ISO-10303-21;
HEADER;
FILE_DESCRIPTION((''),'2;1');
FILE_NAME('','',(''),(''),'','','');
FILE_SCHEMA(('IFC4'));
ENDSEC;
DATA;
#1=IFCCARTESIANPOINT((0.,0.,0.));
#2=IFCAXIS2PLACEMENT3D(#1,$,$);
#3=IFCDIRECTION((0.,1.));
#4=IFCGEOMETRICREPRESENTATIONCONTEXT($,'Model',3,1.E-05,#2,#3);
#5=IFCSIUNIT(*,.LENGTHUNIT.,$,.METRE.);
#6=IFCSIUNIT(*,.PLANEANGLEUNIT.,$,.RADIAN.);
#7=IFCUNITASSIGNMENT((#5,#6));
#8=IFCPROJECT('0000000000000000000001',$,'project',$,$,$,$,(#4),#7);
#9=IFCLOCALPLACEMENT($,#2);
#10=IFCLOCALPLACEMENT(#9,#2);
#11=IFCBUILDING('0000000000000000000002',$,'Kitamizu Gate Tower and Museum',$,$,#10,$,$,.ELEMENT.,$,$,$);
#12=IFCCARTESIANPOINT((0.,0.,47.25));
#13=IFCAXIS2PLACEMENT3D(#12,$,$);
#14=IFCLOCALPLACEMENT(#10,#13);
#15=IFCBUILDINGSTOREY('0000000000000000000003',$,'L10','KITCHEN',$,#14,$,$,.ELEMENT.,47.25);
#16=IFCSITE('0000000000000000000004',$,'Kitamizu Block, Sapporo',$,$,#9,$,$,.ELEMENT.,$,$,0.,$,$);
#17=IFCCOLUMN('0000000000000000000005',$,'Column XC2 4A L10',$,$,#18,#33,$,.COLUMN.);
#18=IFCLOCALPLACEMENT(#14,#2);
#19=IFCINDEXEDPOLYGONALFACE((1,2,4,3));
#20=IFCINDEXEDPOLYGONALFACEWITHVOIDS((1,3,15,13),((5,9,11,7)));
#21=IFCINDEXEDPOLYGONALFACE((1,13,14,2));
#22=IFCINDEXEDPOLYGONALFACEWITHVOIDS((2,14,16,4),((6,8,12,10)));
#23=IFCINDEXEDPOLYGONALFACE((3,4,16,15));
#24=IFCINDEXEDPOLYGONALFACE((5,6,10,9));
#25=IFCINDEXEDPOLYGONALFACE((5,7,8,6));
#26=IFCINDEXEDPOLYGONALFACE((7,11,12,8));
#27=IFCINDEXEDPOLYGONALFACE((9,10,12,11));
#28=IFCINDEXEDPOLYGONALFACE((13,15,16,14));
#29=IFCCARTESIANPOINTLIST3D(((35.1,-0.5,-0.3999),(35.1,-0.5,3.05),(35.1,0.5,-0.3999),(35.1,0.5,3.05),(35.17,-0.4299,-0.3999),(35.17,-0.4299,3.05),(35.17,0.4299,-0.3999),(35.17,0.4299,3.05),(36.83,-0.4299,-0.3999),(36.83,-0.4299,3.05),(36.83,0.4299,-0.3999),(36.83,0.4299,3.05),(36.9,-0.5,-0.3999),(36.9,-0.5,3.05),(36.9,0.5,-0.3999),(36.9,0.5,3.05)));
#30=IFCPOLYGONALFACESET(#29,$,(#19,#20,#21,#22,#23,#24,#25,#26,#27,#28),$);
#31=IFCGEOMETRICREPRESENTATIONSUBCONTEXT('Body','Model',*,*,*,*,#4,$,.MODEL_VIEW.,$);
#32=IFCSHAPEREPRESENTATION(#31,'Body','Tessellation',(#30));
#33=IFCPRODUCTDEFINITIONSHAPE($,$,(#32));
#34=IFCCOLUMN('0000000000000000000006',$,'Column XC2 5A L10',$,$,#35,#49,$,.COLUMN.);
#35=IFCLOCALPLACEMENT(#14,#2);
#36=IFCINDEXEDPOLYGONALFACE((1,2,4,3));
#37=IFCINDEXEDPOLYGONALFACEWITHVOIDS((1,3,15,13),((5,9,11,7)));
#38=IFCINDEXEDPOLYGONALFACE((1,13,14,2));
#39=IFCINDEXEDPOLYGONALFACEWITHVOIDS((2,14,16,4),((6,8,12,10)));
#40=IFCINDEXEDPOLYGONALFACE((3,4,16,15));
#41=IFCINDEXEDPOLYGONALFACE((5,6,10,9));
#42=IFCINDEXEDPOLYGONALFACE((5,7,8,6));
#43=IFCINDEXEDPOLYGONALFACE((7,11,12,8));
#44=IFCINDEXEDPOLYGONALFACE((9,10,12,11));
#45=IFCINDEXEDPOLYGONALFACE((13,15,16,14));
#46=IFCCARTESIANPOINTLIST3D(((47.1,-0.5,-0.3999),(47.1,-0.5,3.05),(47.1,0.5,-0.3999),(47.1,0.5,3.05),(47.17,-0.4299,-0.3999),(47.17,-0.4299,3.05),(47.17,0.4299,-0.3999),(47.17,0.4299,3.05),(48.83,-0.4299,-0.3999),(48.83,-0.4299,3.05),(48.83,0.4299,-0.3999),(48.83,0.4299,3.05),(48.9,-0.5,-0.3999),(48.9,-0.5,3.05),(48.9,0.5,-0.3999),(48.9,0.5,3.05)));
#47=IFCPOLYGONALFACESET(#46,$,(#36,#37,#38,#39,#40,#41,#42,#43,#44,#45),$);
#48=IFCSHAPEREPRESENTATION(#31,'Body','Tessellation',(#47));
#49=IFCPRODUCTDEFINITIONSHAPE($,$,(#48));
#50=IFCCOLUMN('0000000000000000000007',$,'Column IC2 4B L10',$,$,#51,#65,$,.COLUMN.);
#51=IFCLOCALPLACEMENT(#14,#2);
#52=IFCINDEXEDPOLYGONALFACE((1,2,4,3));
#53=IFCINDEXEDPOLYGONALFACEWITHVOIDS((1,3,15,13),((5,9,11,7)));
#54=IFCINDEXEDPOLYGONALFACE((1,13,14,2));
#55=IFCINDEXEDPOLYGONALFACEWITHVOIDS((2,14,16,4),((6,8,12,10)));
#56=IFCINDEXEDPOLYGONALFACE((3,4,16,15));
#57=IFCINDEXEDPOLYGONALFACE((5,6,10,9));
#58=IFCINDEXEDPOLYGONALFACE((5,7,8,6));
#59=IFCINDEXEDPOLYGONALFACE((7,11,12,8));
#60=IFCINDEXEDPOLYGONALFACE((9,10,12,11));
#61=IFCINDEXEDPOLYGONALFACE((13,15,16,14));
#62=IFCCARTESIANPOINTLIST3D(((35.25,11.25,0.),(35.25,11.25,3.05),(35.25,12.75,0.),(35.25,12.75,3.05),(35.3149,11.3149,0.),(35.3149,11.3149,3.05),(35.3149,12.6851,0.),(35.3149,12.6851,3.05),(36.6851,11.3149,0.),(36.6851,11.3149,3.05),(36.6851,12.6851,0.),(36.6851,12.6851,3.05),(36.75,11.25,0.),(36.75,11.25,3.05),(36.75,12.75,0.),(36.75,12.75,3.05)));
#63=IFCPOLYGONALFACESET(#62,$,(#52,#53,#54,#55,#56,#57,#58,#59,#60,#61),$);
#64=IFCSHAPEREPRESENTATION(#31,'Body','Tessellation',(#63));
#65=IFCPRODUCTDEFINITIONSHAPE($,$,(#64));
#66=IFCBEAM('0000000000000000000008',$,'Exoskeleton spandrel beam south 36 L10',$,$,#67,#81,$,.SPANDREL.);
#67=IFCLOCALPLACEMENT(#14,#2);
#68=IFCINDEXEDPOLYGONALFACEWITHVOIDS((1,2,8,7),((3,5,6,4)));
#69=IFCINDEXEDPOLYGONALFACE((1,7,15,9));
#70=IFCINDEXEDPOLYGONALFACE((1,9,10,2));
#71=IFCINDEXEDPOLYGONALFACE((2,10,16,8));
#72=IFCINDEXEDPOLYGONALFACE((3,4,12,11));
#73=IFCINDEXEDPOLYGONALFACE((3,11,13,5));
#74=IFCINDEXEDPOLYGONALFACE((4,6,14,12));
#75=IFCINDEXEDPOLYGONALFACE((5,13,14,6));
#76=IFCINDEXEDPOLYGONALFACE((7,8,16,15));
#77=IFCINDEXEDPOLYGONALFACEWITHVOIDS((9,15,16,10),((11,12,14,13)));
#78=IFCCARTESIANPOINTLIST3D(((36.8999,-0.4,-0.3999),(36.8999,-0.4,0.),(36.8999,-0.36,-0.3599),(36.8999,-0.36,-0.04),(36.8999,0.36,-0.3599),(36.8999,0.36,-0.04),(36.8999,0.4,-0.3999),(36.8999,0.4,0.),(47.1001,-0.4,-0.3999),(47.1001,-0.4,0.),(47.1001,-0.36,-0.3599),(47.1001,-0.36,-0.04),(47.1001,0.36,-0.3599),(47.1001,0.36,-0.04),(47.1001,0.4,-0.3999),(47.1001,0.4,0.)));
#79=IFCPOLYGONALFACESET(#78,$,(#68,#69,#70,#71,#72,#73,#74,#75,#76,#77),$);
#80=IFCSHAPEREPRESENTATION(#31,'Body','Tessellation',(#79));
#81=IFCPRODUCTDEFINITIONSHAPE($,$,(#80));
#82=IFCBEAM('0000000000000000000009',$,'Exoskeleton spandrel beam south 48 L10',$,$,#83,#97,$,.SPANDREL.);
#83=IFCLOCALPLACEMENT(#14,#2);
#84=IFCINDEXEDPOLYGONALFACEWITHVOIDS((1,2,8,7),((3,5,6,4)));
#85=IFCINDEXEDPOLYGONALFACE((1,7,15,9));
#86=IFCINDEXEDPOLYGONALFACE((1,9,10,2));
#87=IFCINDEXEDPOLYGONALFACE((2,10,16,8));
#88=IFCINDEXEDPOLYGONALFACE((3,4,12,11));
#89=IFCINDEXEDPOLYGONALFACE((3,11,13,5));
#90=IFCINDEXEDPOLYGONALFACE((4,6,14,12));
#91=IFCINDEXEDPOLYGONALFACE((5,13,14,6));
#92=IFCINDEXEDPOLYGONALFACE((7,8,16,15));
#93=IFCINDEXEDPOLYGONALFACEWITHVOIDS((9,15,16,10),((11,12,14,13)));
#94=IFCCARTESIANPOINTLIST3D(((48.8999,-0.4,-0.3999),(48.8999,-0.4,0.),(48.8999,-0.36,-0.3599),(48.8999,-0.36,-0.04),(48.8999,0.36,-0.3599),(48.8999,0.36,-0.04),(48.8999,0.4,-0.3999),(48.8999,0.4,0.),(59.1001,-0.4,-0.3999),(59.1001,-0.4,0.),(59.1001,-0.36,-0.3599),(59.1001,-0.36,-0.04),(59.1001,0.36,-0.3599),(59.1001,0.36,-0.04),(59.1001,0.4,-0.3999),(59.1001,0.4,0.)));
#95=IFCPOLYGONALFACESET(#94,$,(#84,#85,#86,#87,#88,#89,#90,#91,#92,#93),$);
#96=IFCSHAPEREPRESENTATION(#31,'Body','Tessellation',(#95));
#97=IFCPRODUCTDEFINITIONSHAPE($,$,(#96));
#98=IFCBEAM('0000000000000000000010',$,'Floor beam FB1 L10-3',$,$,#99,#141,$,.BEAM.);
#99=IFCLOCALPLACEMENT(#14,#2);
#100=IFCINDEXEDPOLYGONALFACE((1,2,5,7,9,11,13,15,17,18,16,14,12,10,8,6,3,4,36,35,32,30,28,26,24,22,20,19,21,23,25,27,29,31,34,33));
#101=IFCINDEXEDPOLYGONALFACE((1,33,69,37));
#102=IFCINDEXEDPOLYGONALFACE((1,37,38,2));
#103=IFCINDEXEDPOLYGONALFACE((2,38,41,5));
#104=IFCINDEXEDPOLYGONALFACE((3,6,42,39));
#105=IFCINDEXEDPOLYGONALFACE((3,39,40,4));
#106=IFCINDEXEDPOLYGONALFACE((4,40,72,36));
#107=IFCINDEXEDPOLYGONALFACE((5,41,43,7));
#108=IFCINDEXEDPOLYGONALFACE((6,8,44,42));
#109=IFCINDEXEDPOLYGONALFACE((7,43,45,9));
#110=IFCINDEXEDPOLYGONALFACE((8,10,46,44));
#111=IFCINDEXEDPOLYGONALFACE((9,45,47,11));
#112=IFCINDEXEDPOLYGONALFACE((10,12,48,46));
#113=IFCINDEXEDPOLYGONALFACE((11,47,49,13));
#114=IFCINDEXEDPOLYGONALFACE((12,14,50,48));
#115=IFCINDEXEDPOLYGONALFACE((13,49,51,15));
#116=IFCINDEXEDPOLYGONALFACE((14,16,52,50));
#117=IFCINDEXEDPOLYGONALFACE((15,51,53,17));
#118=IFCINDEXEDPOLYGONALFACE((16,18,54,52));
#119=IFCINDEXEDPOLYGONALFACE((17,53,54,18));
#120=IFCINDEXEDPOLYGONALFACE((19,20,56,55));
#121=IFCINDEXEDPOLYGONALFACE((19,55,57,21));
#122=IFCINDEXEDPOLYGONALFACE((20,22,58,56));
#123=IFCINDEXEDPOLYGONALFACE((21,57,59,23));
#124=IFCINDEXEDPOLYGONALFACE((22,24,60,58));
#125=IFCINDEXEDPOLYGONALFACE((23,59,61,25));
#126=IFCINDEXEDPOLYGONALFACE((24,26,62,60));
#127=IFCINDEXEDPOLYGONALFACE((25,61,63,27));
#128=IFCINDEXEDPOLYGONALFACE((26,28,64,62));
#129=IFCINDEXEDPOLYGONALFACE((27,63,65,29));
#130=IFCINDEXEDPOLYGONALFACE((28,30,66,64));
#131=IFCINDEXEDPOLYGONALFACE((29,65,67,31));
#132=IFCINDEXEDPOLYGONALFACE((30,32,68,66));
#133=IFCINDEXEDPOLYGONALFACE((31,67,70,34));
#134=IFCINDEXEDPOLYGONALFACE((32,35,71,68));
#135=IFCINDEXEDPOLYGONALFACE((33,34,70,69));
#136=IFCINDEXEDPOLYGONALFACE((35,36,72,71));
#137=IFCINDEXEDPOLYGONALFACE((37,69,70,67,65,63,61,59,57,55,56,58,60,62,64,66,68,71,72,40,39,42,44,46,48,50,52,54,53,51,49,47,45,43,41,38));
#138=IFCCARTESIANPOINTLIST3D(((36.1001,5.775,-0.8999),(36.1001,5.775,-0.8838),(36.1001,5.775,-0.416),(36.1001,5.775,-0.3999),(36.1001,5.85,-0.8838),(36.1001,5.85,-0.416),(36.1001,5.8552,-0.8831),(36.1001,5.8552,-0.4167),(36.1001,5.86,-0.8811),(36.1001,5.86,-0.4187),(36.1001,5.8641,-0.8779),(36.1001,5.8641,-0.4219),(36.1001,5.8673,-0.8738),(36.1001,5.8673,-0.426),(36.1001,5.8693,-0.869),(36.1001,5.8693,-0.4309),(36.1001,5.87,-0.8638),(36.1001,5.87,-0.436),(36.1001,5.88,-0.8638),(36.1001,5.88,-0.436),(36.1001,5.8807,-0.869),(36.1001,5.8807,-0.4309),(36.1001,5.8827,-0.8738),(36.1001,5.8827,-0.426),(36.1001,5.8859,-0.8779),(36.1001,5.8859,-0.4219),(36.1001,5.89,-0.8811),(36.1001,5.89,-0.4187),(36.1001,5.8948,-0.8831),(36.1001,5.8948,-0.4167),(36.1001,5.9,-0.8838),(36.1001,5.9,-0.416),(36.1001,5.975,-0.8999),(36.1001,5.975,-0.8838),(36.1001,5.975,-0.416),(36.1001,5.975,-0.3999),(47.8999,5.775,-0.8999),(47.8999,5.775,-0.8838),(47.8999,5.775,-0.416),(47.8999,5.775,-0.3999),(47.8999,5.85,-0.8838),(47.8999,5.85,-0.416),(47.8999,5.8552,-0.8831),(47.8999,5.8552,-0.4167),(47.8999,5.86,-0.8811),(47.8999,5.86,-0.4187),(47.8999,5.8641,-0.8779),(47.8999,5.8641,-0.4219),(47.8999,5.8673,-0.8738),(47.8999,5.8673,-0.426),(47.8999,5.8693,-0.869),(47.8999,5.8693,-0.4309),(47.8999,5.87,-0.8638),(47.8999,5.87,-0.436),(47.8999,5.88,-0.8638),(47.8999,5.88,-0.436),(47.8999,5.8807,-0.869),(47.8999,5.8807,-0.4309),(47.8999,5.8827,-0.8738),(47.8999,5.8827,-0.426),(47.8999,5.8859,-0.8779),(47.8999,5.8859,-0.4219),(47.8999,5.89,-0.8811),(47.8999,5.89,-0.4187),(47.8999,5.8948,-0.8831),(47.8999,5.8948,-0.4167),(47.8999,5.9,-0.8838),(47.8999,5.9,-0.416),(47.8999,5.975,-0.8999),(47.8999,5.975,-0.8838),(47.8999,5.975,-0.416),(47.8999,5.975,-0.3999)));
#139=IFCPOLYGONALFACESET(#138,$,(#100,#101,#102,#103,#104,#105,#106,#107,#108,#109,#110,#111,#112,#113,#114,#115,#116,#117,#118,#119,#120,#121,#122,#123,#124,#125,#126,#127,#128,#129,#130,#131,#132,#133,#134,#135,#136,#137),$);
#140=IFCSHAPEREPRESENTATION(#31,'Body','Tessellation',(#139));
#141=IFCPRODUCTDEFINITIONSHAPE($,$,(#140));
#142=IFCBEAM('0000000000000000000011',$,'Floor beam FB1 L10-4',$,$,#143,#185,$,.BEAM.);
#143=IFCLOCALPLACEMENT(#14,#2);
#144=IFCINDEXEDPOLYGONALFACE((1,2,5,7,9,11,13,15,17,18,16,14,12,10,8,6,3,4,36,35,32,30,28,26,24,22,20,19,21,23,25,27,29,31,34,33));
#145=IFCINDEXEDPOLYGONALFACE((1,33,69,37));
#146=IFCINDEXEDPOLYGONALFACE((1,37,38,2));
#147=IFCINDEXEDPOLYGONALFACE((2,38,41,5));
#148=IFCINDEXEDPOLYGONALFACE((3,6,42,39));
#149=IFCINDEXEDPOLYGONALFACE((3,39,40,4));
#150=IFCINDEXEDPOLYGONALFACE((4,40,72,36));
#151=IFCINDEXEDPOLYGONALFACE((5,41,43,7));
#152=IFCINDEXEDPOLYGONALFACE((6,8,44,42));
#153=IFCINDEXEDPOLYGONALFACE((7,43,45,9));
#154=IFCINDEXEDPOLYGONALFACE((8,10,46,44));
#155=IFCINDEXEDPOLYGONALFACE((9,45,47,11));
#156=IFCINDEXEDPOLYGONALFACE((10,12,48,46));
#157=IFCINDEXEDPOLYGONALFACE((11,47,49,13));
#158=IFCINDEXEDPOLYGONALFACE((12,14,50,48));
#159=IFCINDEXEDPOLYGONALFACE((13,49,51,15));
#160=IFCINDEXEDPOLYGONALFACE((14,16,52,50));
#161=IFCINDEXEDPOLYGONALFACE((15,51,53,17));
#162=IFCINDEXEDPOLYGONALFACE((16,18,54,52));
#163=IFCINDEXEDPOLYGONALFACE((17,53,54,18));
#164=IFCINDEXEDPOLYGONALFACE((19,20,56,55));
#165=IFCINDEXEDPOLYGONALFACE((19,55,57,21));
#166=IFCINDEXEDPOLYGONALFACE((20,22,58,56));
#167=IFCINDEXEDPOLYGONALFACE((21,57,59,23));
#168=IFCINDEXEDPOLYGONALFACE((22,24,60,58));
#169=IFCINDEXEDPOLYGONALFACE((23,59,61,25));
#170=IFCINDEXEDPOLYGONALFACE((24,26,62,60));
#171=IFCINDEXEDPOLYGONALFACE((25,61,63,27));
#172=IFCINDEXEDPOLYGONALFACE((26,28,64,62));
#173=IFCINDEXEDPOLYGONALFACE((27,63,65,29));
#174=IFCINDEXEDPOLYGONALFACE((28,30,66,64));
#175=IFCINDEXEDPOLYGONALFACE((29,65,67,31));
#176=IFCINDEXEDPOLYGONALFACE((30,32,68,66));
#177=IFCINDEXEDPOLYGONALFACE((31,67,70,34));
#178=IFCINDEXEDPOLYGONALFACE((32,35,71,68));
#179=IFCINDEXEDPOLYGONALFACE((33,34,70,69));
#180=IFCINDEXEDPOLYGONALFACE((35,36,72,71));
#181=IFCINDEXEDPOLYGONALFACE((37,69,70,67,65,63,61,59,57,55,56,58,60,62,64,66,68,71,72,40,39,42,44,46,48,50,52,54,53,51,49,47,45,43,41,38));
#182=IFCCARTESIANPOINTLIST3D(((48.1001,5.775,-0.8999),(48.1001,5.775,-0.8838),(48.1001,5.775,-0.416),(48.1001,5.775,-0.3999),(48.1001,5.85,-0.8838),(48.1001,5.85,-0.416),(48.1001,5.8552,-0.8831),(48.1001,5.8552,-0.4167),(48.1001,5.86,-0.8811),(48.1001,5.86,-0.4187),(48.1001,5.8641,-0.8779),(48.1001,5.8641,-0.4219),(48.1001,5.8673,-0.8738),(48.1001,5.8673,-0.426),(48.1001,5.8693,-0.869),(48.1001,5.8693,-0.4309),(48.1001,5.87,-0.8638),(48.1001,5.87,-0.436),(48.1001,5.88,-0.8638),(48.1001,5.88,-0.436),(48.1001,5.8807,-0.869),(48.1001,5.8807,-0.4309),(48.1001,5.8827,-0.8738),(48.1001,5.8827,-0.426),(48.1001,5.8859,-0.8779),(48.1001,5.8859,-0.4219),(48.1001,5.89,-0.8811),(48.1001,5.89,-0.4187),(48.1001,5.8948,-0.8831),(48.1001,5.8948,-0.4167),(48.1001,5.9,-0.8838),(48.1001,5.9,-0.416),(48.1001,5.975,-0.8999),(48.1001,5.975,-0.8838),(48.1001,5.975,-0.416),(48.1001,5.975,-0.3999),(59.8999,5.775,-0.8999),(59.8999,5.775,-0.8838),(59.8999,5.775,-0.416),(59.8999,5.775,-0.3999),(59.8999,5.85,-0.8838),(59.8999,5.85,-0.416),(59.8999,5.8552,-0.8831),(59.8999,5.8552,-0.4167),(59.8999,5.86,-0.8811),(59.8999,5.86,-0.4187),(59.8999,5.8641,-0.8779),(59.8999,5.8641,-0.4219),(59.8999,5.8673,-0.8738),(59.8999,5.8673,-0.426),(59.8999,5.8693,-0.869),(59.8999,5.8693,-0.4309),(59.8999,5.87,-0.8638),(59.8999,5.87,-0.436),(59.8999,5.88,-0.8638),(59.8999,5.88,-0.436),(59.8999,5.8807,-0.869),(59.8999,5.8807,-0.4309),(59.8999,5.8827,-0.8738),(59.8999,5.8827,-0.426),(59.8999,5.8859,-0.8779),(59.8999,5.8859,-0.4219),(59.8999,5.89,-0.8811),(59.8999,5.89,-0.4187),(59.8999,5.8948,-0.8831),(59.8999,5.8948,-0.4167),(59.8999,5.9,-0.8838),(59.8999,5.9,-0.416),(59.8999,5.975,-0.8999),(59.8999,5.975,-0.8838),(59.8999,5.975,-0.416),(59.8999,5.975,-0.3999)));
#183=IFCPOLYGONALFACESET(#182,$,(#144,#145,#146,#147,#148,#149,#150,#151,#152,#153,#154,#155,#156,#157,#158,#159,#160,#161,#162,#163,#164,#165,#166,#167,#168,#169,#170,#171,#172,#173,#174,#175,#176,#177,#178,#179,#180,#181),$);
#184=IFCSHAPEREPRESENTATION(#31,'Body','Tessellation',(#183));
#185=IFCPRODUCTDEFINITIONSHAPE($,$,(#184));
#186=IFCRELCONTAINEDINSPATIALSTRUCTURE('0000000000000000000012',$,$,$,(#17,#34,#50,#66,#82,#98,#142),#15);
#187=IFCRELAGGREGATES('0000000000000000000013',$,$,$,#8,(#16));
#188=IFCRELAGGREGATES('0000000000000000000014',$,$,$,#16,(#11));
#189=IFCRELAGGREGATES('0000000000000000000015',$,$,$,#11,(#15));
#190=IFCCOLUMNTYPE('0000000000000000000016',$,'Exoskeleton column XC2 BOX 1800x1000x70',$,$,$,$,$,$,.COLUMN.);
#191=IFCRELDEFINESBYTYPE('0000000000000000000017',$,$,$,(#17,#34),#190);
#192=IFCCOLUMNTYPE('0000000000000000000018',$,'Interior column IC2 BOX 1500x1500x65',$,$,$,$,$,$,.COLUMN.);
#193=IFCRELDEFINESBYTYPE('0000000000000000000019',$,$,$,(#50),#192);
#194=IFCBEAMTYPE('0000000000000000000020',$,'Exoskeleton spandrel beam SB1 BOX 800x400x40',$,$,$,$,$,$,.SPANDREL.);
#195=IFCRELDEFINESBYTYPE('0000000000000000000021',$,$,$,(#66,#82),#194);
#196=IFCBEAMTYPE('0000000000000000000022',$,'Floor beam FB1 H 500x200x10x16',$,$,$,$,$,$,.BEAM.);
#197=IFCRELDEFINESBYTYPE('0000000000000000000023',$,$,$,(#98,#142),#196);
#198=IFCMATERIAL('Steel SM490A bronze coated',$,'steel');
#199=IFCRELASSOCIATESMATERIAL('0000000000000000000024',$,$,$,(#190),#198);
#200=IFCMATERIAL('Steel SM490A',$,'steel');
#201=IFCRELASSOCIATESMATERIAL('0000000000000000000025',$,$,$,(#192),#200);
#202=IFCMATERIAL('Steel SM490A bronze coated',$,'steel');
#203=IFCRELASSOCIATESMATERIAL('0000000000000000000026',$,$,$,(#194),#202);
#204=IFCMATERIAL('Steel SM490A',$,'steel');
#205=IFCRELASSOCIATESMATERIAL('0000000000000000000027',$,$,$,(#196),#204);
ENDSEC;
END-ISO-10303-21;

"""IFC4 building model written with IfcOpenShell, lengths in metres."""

from ifc_helpers import new_model, si_unit, direction, frame, origin, origin_2d, place, context, subcontext, project, spatial, hollow_rectangle, i_section, extrude, material, material_profile, profile_set, type_object, element, save


model = new_model("IFC4")

# Units and contexts
model_context = context("Model", 3, precision=1e-05, world=origin(), true_north=direction((0.0, 1.0)))
body_context = subcontext(model_context, "Body", "Model", "MODEL_VIEW")
ifc_project = project(units=[si_unit("LENGTHUNIT", "METRE"), si_unit("PLANEANGLEUNIT", "RADIAN")], contexts=[model_context])

# Site, building, storey
site_placement = place(None, origin())
site = spatial("IfcSite", under=ifc_project, at=site_placement, Name="Kitamizu Block, Sapporo", CompositionType="ELEMENT", RefElevation=0.0)
building_placement = place(site_placement, origin())
building = spatial("IfcBuilding", under=site, at=building_placement, Name="Kitamizu Gate Tower and Museum", CompositionType="ELEMENT")
storey_placement = place(building_placement, frame((0.0, 0.0, 47.25)))
storey = spatial("IfcBuildingStorey", under=building, at=storey_placement, Name="L10", Description="KITCHEN", CompositionType="ELEMENT", Elevation=47.25)

# Columns
ifc_material_1 = material(Name="Steel SM490A bronze coated", Category="steel")
ifc_material_profile_1 = material_profile(ifc_material_1, hollow_rectangle(XDim=1.8, YDim=1.0, WallThickness=0.0701, at=origin_2d()), Name="BOX 1800x1000x70")
ifc_profile_set_1 = profile_set([ifc_material_profile_1], Name="Steel SM490A bronze coated")
column_type_1 = type_object("IfcColumnType", Name="Exoskeleton column XC2 BOX 1800x1000x70", PredefinedType="COLUMN", material=ifc_profile_set_1)
for number, where, z_axis, x_axis, name in (
    (1, (36.0, 0.0, -0.3999), (0.0, 0.0, 1.0), (1.0, 0.0, 0.0), "Column XC2 4A L10"),
    (2, (48.0, 0.0, -0.3999), (0.0, 0.0, 1.0), (1.0, 0.0, 0.0), "Column XC2 5A L10"),
):
    element("IfcColumn", number, at=place(storey_placement, frame(where, z_axis=z_axis, x_axis=x_axis)), inside=storey, type_object=column_type_1, Name=name, PredefinedType="COLUMN", context=body_context, shape_type="SweptSolid", body=[
        extrude(hollow_rectangle(XDim=1.8, YDim=1.0, WallThickness=0.0701, at=origin_2d()), origin(), (0.0, 0.0, 1.0), 3.45),
    ])
ifc_material_2 = material(Name="Steel SM490A", Category="steel")
ifc_material_profile_2 = material_profile(ifc_material_2, hollow_rectangle(XDim=1.5, YDim=1.5, WallThickness=0.0649, at=origin_2d()), Name="BOX 1500x1500x65")
ifc_profile_set_2 = profile_set([ifc_material_profile_2], Name="Steel SM490A")
column_type_2 = type_object("IfcColumnType", Name="Interior column IC2 BOX 1500x1500x65", PredefinedType="COLUMN", material=ifc_profile_set_2)
column_placement = place(storey_placement, frame((36.0, 12.0, 0.0), z_axis=(0.0, 0.0, 1.0), x_axis=(1.0, 0.0, 0.0)))
element("IfcColumn", 3, at=column_placement, inside=storey, type_object=column_type_2, Name="Column IC2 4B L10", PredefinedType="COLUMN", context=body_context, shape_type="SweptSolid", body=[
    extrude(hollow_rectangle(XDim=1.5, YDim=1.5, WallThickness=0.0649, at=origin_2d()), origin(), (0.0, 0.0, 1.0), 3.05),
])

# Beams
ifc_material_3 = material(Name="Steel SM490A bronze coated", Category="steel")
ifc_material_profile_3 = material_profile(ifc_material_3, hollow_rectangle(XDim=0.8, YDim=0.3999, WallThickness=0.04, at=origin_2d()), Name="BOX 800x400x40")
ifc_profile_set_3 = profile_set([ifc_material_profile_3], Name="Steel SM490A bronze coated")
beam_type_1 = type_object("IfcBeamType", Name="Exoskeleton spandrel beam SB1 BOX 800x400x40", PredefinedType="SPANDREL", material=ifc_profile_set_3)
for number, where, z_axis, x_axis, name in (
    (4, (36.8999, 0.0, -0.2), (1.0, 0.0, 0.0), (0.0, 1.0, 0.0), "Exoskeleton spandrel beam south 36 L10"),
    (5, (48.8999, 0.0, -0.2), (1.0, 0.0, 0.0), (0.0, 1.0, 0.0), "Exoskeleton spandrel beam south 48 L10"),
):
    element("IfcBeam", number, at=place(storey_placement, frame(where, z_axis=z_axis, x_axis=x_axis)), inside=storey, type_object=beam_type_1, Name=name, PredefinedType="SPANDREL", context=body_context, shape_type="SweptSolid", body=[
        extrude(hollow_rectangle(XDim=0.8, YDim=0.3999, WallThickness=0.04, at=origin_2d()), origin(), (0.0, 0.0, 1.0), 10.2002),
    ])
ifc_material_4 = material(Name="Steel SM490A", Category="steel")
ifc_material_profile_4 = material_profile(ifc_material_4, i_section(OverallWidth=0.2, OverallDepth=0.5, WebThickness=0.01, FlangeThickness=0.0161, FilletRadius=0.02, at=origin_2d()), Name="H-500x200x10x16")
ifc_profile_set_4 = profile_set([ifc_material_profile_4], Name="Steel SM490A")
beam_type_2 = type_object("IfcBeamType", Name="Floor beam FB1 H 500x200x10x16", PredefinedType="BEAM", material=ifc_profile_set_4)
for number, where, z_axis, x_axis, name in (
    (6, (36.1001, 5.875, -0.6499), (1.0, 0.0, 0.0), (0.0, 1.0, 0.0), "Floor beam FB1 L10-3"),
    (7, (48.1001, 5.875, -0.6499), (1.0, 0.0, 0.0), (0.0, 1.0, 0.0), "Floor beam FB1 L10-4"),
):
    element("IfcBeam", number, at=place(storey_placement, frame(where, z_axis=z_axis, x_axis=x_axis)), inside=storey, type_object=beam_type_2, Name=name, PredefinedType="BEAM", context=body_context, shape_type="SweptSolid", body=[
        extrude(i_section(OverallWidth=0.2, OverallDepth=0.5, WebThickness=0.01, FlangeThickness=0.0161, FilletRadius=0.02, at=origin_2d()), origin(), (0.0, 0.0, 1.0), 11.7998),
    ])

save(model, "model.ifc")
